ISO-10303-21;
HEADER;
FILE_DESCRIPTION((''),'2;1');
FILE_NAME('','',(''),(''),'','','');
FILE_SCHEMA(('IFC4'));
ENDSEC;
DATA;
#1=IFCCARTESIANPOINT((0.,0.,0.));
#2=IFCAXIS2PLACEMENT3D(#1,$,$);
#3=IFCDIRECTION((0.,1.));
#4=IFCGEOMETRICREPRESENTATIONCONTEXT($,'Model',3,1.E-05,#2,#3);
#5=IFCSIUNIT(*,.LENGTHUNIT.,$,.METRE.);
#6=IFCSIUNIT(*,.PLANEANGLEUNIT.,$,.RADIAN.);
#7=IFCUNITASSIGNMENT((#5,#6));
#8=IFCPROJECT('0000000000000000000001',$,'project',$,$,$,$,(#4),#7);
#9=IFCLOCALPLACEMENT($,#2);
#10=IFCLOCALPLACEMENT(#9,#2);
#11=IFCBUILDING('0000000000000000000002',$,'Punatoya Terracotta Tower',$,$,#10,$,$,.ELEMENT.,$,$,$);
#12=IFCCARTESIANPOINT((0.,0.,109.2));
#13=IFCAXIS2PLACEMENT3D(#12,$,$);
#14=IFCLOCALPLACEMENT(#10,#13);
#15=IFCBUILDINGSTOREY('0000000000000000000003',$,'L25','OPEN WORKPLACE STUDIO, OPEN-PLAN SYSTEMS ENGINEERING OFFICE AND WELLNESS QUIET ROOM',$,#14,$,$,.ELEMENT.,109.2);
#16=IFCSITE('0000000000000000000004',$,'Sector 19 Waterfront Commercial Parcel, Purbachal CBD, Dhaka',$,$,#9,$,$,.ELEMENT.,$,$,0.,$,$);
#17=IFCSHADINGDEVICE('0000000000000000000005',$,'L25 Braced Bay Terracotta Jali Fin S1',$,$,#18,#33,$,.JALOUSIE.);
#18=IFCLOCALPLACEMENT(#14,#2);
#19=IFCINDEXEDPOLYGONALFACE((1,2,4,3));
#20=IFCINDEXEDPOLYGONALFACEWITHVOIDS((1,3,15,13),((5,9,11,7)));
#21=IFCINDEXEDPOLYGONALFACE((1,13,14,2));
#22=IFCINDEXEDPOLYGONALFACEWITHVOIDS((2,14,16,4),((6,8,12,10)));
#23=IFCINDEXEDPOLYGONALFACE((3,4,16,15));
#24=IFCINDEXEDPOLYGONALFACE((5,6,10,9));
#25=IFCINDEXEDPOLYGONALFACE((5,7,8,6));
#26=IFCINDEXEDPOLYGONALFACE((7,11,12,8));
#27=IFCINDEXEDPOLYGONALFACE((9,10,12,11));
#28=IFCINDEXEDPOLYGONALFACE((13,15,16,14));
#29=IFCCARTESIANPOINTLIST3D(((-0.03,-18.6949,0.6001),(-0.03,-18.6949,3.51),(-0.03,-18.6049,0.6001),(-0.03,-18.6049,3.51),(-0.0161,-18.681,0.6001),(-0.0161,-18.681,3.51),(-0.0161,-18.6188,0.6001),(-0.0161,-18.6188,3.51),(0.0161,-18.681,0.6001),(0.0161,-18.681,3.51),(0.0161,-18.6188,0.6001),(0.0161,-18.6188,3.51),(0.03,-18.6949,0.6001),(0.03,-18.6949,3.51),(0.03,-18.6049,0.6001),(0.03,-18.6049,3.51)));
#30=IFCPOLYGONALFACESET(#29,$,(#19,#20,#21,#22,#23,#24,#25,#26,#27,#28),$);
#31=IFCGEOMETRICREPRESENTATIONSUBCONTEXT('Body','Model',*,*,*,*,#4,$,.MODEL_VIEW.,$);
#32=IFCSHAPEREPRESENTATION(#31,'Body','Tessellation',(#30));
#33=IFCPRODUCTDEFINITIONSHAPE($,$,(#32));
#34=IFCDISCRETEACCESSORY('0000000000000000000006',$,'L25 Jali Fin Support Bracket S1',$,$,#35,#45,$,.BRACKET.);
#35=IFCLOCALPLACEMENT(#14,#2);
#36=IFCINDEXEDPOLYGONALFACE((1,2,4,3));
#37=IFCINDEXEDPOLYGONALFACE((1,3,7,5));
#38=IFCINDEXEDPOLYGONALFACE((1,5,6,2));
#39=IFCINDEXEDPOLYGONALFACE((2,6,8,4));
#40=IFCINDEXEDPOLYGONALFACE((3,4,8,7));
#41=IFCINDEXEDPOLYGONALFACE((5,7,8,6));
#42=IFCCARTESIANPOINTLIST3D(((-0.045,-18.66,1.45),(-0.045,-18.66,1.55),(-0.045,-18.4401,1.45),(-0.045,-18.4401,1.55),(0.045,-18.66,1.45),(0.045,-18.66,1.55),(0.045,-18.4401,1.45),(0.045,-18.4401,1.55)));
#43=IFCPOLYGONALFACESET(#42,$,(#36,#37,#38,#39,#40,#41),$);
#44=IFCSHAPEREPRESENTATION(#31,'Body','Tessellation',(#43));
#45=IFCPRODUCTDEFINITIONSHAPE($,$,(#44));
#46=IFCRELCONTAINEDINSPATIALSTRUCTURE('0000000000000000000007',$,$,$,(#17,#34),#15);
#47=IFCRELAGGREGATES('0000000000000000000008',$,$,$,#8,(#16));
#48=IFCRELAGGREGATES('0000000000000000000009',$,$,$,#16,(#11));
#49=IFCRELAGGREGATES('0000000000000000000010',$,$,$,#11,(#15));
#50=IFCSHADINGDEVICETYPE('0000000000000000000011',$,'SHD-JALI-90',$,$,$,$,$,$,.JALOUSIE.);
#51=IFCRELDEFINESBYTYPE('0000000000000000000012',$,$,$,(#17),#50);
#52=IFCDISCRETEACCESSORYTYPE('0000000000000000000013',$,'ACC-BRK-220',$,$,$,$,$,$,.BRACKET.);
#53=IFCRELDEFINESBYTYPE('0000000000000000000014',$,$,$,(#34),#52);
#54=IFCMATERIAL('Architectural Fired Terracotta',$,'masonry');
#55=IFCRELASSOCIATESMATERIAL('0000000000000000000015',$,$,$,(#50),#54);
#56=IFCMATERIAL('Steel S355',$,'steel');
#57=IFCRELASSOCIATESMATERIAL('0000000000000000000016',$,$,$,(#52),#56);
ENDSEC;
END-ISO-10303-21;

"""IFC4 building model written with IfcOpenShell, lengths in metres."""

from ifc_helpers import new_model, si_unit, direction, frame, origin, origin_2d, place, context, subcontext, project, spatial, rectangle, hollow_rectangle, extrude, material, material_profile, profile_set, type_object, element, save


model = new_model("IFC4")

# Units and contexts
model_context = context("Model", 3, precision=1e-05, world=origin(), true_north=direction((0.0, 1.0)))
body_context = subcontext(model_context, "Body", "Model", "MODEL_VIEW")
ifc_project = project(units=[si_unit("LENGTHUNIT", "METRE"), si_unit("PLANEANGLEUNIT", "RADIAN")], contexts=[model_context])

# Site, building, storey
site_placement = place(None, origin())
site = spatial("IfcSite", under=ifc_project, at=site_placement, Name="Sector 19 Waterfront Commercial Parcel, Purbachal CBD, Dhaka", CompositionType="ELEMENT", RefElevation=0.0)
building_placement = place(site_placement, origin())
building = spatial("IfcBuilding", under=site, at=building_placement, Name="Punatoya Terracotta Tower", CompositionType="ELEMENT")
storey_placement = place(building_placement, frame((0.0, 0.0, 109.2)))
storey = spatial("IfcBuildingStorey", under=building, at=storey_placement, Name="L25", Description="OPEN WORKPLACE STUDIO, OPEN-PLAN SYSTEMS ENGINEERING OFFICE AND WELLNESS QUIET ROOM", CompositionType="ELEMENT", Elevation=109.2)

# Shared definitions
ifc_material_1 = material(Name="Steel S355", Category="steel")

# Shading device
ifc_material_2 = material(Name="Architectural Fired Terracotta", Category="masonry")
ifc_material_profile_1 = material_profile(ifc_material_2, hollow_rectangle(XDim=0.0601, YDim=0.0901, WallThickness=0.0139, at=origin_2d()))
ifc_profile_set_1 = profile_set([ifc_material_profile_1], Name="Architectural Fired Terracotta")
shading_device_type = type_object("IfcShadingDeviceType", Name="SHD-JALI-90", PredefinedType="JALOUSIE", material=ifc_profile_set_1)
shading_device_placement = place(storey_placement, frame((0.0, -18.6499, 0.6001), z_axis=(0.0, 0.0, 1.0), x_axis=(1.0, 0.0, 0.0)))
element("IfcShadingDevice", 1, at=shading_device_placement, inside=storey, type_object=shading_device_type, Name="L25 Braced Bay Terracotta Jali Fin S1", PredefinedType="JALOUSIE", context=body_context, shape_type="SweptSolid", body=[
    extrude(hollow_rectangle(XDim=0.0601, YDim=0.0901, WallThickness=0.0139, at=origin_2d()), origin(), (0.0, 0.0, 1.0), 2.9099),
])

# Discrete accessory
discrete_accessory_type = type_object("IfcDiscreteAccessoryType", Name="ACC-BRK-220", PredefinedType="BRACKET", material=ifc_material_1)
discrete_accessory_placement = place(storey_placement, frame((0.0, -18.55, 1.45), z_axis=(0.0, 0.0, 1.0), x_axis=(1.0, 0.0, 0.0)))
element("IfcDiscreteAccessory", 2, at=discrete_accessory_placement, inside=storey, type_object=discrete_accessory_type, Name="L25 Jali Fin Support Bracket S1", PredefinedType="BRACKET", context=body_context, shape_type="SweptSolid", body=[
    extrude(rectangle(XDim=0.0901, YDim=0.22, at=origin_2d()), origin(), (0.0, 0.0, 1.0), 0.1001),
])

save(model, "model.ifc")
